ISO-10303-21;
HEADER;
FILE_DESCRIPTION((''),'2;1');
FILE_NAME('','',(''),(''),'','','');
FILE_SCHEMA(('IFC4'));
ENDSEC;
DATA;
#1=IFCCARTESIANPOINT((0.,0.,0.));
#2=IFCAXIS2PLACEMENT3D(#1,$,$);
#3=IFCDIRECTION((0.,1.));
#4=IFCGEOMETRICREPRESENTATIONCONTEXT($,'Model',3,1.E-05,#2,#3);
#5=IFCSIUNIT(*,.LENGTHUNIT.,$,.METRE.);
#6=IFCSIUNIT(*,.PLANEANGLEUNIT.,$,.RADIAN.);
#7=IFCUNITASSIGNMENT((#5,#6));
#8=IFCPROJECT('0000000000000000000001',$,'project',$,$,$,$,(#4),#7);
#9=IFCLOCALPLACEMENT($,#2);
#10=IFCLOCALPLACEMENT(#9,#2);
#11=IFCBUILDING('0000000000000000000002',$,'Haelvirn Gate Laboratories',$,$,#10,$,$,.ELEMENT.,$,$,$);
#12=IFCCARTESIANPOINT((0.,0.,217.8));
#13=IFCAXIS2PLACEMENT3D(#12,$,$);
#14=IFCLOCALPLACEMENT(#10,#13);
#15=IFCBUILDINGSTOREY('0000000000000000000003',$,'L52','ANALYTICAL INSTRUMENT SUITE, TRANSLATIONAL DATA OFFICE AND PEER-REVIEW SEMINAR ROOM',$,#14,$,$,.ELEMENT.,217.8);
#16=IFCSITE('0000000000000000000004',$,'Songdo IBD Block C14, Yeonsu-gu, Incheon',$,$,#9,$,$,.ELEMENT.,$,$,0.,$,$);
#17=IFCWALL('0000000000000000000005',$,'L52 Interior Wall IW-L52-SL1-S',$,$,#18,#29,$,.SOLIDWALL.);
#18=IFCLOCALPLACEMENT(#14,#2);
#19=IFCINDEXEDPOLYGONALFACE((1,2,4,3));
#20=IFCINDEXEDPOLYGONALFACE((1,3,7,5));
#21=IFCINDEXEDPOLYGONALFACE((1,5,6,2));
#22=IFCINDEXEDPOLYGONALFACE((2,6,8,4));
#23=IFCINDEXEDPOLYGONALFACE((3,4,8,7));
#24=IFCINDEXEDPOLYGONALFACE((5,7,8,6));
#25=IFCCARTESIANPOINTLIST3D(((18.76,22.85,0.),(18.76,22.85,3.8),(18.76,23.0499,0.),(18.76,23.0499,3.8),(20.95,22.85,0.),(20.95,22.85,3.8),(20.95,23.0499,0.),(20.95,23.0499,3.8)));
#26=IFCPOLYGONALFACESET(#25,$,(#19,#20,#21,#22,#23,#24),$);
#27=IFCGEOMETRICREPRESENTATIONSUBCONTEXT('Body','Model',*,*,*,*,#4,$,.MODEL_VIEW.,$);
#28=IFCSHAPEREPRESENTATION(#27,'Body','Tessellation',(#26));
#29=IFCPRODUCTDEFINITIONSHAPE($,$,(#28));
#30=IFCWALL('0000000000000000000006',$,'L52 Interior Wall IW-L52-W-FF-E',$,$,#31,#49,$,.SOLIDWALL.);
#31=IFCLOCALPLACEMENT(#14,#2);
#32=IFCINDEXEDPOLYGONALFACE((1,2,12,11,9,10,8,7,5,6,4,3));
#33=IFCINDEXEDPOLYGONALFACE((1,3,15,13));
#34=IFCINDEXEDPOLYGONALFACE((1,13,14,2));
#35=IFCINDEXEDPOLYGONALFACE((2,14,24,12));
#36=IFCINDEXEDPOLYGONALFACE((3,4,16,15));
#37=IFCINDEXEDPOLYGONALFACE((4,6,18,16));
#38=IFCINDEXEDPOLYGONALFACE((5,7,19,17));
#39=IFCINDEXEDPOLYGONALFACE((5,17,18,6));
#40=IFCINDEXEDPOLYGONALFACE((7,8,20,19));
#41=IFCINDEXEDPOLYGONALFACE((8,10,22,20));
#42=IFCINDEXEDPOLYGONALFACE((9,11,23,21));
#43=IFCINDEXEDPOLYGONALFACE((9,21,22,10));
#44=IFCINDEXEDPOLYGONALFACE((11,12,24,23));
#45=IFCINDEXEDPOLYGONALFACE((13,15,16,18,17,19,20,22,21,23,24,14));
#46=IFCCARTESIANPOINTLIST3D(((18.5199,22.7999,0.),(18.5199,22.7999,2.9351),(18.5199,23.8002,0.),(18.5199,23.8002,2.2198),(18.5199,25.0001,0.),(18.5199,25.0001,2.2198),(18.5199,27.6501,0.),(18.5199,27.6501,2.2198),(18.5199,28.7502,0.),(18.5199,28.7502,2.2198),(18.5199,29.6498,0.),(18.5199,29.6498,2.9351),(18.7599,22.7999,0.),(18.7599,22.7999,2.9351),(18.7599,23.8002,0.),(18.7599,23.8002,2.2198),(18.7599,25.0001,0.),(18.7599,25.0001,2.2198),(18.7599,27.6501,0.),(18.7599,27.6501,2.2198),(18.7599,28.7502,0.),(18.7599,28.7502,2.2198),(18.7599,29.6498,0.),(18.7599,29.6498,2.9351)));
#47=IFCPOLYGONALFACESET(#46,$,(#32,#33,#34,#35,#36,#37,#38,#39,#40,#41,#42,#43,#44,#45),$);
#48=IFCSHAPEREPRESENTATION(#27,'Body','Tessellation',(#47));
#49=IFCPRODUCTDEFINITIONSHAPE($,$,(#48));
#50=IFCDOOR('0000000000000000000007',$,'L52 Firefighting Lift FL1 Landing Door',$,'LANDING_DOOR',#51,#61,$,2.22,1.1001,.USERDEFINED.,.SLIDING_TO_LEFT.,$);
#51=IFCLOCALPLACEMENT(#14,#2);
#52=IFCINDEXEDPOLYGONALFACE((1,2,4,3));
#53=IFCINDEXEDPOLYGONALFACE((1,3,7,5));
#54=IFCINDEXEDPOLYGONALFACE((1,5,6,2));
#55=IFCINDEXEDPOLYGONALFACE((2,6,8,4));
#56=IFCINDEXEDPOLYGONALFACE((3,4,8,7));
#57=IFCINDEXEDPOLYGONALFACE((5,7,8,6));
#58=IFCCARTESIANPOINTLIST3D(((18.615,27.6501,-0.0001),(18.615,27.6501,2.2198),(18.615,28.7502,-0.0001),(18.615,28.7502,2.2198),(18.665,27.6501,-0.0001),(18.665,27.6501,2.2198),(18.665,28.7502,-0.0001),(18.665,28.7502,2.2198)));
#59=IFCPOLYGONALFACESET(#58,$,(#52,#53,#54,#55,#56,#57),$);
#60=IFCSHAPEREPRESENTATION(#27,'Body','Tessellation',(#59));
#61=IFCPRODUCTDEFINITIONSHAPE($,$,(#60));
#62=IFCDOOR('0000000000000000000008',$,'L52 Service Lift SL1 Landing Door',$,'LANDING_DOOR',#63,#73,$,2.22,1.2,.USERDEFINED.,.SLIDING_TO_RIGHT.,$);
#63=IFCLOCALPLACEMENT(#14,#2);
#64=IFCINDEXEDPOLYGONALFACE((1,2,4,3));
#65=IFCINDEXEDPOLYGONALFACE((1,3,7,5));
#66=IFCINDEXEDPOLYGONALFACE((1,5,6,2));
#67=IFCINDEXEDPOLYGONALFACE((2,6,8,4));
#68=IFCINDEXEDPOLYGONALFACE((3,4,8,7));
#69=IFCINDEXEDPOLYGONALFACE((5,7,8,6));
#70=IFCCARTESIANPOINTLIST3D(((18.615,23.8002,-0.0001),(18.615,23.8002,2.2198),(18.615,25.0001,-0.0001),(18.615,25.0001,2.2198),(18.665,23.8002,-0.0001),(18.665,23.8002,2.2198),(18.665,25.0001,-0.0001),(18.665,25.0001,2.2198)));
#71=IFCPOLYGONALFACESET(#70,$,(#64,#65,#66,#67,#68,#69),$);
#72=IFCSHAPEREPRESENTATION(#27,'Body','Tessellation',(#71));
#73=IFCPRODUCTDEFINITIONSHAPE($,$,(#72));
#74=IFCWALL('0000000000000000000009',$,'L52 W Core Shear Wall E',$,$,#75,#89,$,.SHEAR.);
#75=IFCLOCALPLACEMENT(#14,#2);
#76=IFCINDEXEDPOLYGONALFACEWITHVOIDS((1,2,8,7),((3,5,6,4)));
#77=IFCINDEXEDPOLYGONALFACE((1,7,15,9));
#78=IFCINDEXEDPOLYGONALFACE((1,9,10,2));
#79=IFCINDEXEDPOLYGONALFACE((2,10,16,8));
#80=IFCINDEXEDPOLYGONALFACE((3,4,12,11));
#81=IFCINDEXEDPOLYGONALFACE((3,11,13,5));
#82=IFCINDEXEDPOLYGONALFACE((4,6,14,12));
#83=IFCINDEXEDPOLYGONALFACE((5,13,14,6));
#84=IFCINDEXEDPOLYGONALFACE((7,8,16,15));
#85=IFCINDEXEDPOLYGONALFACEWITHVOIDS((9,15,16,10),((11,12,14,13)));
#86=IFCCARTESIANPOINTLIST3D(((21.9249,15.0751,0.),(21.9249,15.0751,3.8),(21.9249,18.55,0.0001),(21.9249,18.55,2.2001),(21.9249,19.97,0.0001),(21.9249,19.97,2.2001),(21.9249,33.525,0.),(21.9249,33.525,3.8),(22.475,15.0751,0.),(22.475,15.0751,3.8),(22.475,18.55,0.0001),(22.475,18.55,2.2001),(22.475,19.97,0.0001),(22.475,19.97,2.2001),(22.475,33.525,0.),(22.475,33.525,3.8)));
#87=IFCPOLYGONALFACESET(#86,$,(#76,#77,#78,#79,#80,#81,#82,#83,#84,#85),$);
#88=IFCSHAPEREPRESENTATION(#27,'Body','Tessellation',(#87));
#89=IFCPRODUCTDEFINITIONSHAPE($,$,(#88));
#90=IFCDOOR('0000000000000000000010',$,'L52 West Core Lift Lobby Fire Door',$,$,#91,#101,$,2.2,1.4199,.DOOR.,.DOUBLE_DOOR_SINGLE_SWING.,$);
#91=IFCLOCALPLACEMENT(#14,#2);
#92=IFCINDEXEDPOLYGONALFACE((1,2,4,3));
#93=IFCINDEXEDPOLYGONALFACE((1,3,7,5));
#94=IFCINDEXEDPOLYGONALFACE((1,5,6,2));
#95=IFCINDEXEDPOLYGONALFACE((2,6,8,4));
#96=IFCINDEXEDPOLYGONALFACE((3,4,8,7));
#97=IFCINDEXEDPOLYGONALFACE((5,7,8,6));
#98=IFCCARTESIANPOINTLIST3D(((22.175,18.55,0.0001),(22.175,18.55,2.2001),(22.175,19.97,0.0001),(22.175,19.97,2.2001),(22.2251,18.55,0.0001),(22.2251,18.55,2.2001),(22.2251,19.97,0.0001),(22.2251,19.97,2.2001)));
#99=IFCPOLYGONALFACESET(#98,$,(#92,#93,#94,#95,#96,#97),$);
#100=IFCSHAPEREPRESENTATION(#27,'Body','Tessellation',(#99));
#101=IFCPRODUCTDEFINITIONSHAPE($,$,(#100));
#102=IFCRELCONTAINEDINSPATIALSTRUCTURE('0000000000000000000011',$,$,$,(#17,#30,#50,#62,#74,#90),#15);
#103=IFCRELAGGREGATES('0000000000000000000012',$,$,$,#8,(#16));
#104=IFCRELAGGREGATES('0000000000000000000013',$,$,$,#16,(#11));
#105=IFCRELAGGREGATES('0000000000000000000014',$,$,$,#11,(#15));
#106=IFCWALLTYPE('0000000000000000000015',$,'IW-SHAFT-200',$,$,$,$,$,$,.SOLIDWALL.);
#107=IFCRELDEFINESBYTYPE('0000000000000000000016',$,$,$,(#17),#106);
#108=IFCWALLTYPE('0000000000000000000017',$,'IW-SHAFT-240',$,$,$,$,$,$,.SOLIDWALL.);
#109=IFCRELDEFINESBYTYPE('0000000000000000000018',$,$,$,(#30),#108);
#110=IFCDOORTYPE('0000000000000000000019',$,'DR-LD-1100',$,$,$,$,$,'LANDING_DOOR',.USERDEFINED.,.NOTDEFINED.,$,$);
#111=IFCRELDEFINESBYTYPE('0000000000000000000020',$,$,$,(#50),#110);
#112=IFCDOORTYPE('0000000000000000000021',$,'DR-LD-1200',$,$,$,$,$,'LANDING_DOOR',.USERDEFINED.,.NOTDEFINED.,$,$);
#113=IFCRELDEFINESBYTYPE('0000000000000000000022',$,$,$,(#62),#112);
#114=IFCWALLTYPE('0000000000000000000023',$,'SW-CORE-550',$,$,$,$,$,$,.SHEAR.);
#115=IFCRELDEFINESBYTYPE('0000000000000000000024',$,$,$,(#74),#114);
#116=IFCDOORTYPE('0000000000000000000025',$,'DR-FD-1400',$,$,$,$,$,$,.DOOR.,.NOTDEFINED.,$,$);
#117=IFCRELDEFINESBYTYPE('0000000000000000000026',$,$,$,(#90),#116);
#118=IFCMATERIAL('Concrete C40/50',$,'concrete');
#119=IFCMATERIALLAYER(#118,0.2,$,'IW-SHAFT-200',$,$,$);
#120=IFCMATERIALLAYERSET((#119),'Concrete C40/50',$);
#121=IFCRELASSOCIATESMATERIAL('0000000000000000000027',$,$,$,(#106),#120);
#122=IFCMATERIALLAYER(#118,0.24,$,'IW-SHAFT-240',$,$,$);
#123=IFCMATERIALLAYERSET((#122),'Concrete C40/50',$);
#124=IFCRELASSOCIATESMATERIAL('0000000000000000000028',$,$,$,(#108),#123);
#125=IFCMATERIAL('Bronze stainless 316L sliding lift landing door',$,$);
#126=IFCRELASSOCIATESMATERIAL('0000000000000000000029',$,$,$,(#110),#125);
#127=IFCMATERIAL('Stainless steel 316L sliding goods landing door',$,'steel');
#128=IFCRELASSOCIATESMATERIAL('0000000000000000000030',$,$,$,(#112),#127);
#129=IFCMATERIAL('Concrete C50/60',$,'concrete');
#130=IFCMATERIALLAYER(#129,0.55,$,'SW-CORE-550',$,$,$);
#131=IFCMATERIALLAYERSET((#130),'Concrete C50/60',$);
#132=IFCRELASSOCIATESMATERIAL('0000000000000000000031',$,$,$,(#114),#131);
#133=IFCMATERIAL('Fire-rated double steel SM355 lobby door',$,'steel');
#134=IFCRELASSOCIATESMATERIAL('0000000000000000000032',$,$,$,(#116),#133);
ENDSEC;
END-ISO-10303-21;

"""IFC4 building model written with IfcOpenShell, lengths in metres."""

from ifc_helpers import new_model, si_unit, direction, frame, frame_2d, origin, place, context, subcontext, project, spatial, rectangle, extrude, source, transform, mapped, material, layer, layer_set, type_object, type_shapes, element, fill, save


model = new_model("IFC4")

# Units and contexts
model_context = context("Model", 3, precision=1e-05, world=origin(), true_north=direction((0.0, 1.0)))
body_context = subcontext(model_context, "Body", "Model", "MODEL_VIEW")
ifc_project = project(units=[si_unit("LENGTHUNIT", "METRE"), si_unit("PLANEANGLEUNIT", "RADIAN")], contexts=[model_context])

# Site, building, storey
site_placement = place(None, origin())
site = spatial("IfcSite", under=ifc_project, at=site_placement, Name="Songdo IBD Block C14, Yeonsu-gu, Incheon", CompositionType="ELEMENT", RefElevation=0.0)
building_placement = place(site_placement, origin())
building = spatial("IfcBuilding", under=site, at=building_placement, Name="Haelvirn Gate Laboratories", CompositionType="ELEMENT")
storey_placement = place(building_placement, frame((0.0, 0.0, 217.8)))
storey = spatial("IfcBuildingStorey", under=building, at=storey_placement, Name="L52", Description="ANALYTICAL INSTRUMENT SUITE, TRANSLATIONAL DATA OFFICE AND PEER-REVIEW SEMINAR ROOM", CompositionType="ELEMENT", Elevation=217.8)

# Wall
ifc_material_1 = material(Name="Concrete C40/50", Category="concrete")
ifc_layer_1 = layer(ifc_material_1, 0.2, Name="IW-SHAFT-200")
ifc_layer_set_1 = layer_set([ifc_layer_1], Name="Concrete C40/50")
wall_type_1 = type_object("IfcWallType", Name="IW-SHAFT-200", PredefinedType="SOLIDWALL", material=ifc_layer_set_1)
wall_1_placement = place(storey_placement, frame((18.76, 22.95, 0.0), z_axis=(0.0, 0.0, 1.0), x_axis=(1.0, 0.0, 0.0)))
element("IfcWall", 1, at=wall_1_placement, inside=storey, type_object=wall_type_1, Name="L52 Interior Wall IW-L52-SL1-S", PredefinedType="SOLIDWALL", context=body_context, shape_type="SweptSolid", body=[
    extrude(rectangle(XDim=2.1899, YDim=0.2, at=frame_2d((1.095, 0.0))), origin(), (0.0, 0.0, 1.0), 3.8),
])

# Wall, openings, doors
ifc_layer_2 = layer(ifc_material_1, 0.24, Name="IW-SHAFT-240")
ifc_layer_set_2 = layer_set([ifc_layer_2], Name="Concrete C40/50")
wall_type_2 = type_object("IfcWallType", Name="IW-SHAFT-240", PredefinedType="SOLIDWALL", material=ifc_layer_set_2)
wall_2_placement = place(storey_placement, frame((18.6399, 22.8, 0.0), z_axis=(0.0, 0.0, 1.0), x_axis=(0.0, 1.0, 0.0)))
wall_2 = element("IfcWall", 2, at=wall_2_placement, inside=storey, type_object=wall_type_2, Name="L52 Interior Wall IW-L52-W-FF-E", PredefinedType="SOLIDWALL", context=body_context, shape_type="SweptSolid", body=[
    extrude(rectangle(XDim=6.8499, YDim=0.24, at=frame_2d((3.4248, 0.0))), origin(), (0.0, 0.0, 1.0), 2.9351),
])
opening_1_placement = place(wall_2_placement, frame((4.8501, 0.0, 0.0)))
opening_1 = element("IfcOpeningElement", 3, at=opening_1_placement, cuts=wall_2, PredefinedType="OPENING", context=body_context, shape_type="SweptSolid", body=[
    extrude(rectangle(XDim=1.1001, YDim=2.22, at=frame_2d((0.55, 1.1099))), frame((0.0, 0.1299, 0.0), z_axis=(0.0, -1.0, 0.0), x_axis=(1.0, 0.0, 0.0)), (0.0, 0.0, 1.0), 0.26),
])
opening_2_placement = place(wall_2_placement, frame((1.0, 0.0, 0.0)))
opening_2 = element("IfcOpeningElement", 4, at=opening_2_placement, cuts=wall_2, PredefinedType="OPENING", context=body_context, shape_type="SweptSolid", body=[
    extrude(rectangle(XDim=1.2, YDim=2.22, at=frame_2d((0.6001, 1.1099))), frame((0.0, 0.1299, 0.0), z_axis=(0.0, -1.0, 0.0), x_axis=(1.0, 0.0, 0.0)), (0.0, 0.0, 1.0), 0.26),
])
ifc_material_2 = material(Name="Bronze stainless 316L sliding lift landing door")
door_type_1 = type_object("IfcDoorType", Name="DR-LD-1100", ElementType="LANDING_DOOR", OperationType="NOTDEFINED", PredefinedType="USERDEFINED", material=ifc_material_2)
shared_shape_1 = source(origin(), body_context, "Body", "SweptSolid", [
    extrude(rectangle(XDim=1.1001, YDim=2.22, at=frame_2d((0.55, 1.1099))), frame((0.0, 0.0249, 0.0), z_axis=(0.0, -1.0, 0.0), x_axis=(1.0, 0.0, 0.0)), (0.0, 0.0, 1.0), 0.05),
])
type_shapes(door_type_1, [shared_shape_1])
door_1_placement = place(opening_1_placement, origin())
door_1 = element("IfcDoor", 5, at=door_1_placement, inside=storey, type_object=door_type_1, Name="L52 Firefighting Lift FL1 Landing Door", ObjectType="LANDING_DOOR", OperationType="SLIDING_TO_LEFT", OverallHeight=2.22, OverallWidth=1.1001, PredefinedType="USERDEFINED", context=body_context, shape_type="MappedRepresentation", body=[
    mapped(shared_shape_1, transform((0.0, 0.0, 0.0), scale=1.0)),
])
fill(opening_1, door_1)
ifc_material_3 = material(Name="Stainless steel 316L sliding goods landing door", Category="steel")
door_type_2 = type_object("IfcDoorType", Name="DR-LD-1200", ElementType="LANDING_DOOR", OperationType="NOTDEFINED", PredefinedType="USERDEFINED", material=ifc_material_3)
shared_shape_2 = source(origin(), body_context, "Body", "SweptSolid", [
    extrude(rectangle(XDim=1.2, YDim=2.22, at=frame_2d((0.6001, 1.1099))), frame((0.0, 0.0249, 0.0), z_axis=(0.0, -1.0, 0.0), x_axis=(1.0, 0.0, 0.0)), (0.0, 0.0, 1.0), 0.05),
])
type_shapes(door_type_2, [shared_shape_2])
door_2_placement = place(opening_2_placement, origin())
door_2 = element("IfcDoor", 6, at=door_2_placement, inside=storey, type_object=door_type_2, Name="L52 Service Lift SL1 Landing Door", ObjectType="LANDING_DOOR", OperationType="SLIDING_TO_RIGHT", OverallHeight=2.22, OverallWidth=1.2, PredefinedType="USERDEFINED", context=body_context, shape_type="MappedRepresentation", body=[
    mapped(shared_shape_2, transform((0.0, 0.0, 0.0), scale=1.0)),
])
fill(opening_2, door_2)

# Wall, opening, door
ifc_material_4 = material(Name="Concrete C50/60", Category="concrete")
ifc_layer_3 = layer(ifc_material_4, 0.55, Name="SW-CORE-550")
ifc_layer_set_3 = layer_set([ifc_layer_3], Name="Concrete C50/60")
wall_type_3 = type_object("IfcWallType", Name="SW-CORE-550", PredefinedType="SHEAR", material=ifc_layer_set_3)
wall_3_placement = place(storey_placement, frame((22.2, 15.075, 0.0), z_axis=(0.0, 0.0, 1.0), x_axis=(0.0, 1.0, 0.0)))
wall_3 = element("IfcWall", 7, at=wall_3_placement, inside=storey, type_object=wall_type_3, Name="L52 W Core Shear Wall E", PredefinedType="SHEAR", context=body_context, shape_type="SweptSolid", body=[
    extrude(rectangle(XDim=18.45, YDim=0.55, at=frame_2d((9.2251, 0.0))), origin(), (0.0, 0.0, 1.0), 3.8),
])
opening_3_placement = place(wall_3_placement, frame((3.4751, 0.0, 0.0)))
opening_3 = element("IfcOpeningElement", 8, at=opening_3_placement, cuts=wall_3, PredefinedType="OPENING", context=body_context, shape_type="SweptSolid", body=[
    extrude(rectangle(XDim=1.4199, YDim=2.2, at=frame_2d((0.71, 1.1001))), frame((0.0, 0.2852, 0.0), z_axis=(0.0, -1.0, 0.0), x_axis=(1.0, 0.0, 0.0)), (0.0, 0.0, 1.0), 0.5701),
])
ifc_material_5 = material(Name="Fire-rated double steel SM355 lobby door", Category="steel")
door_type_3 = type_object("IfcDoorType", Name="DR-FD-1400", OperationType="NOTDEFINED", PredefinedType="DOOR", material=ifc_material_5)
shared_shape_3 = source(origin(), body_context, "Body", "SweptSolid", [
    extrude(rectangle(XDim=1.4199, YDim=2.2, at=frame_2d((0.71, 1.1001))), frame((0.0, 0.0249, 0.0), z_axis=(0.0, -1.0, 0.0), x_axis=(1.0, 0.0, 0.0)), (0.0, 0.0, 1.0), 0.05),
])
type_shapes(door_type_3, [shared_shape_3])
door_3_placement = place(opening_3_placement, origin())
door_3 = element("IfcDoor", 9, at=door_3_placement, inside=storey, type_object=door_type_3, Name="L52 West Core Lift Lobby Fire Door", OperationType="DOUBLE_DOOR_SINGLE_SWING", OverallHeight=2.2, OverallWidth=1.4199, PredefinedType="DOOR", context=body_context, shape_type="MappedRepresentation", body=[
    mapped(shared_shape_3, transform((0.0, 0.0, 0.0), scale=1.0)),
])
fill(opening_3, door_3)

save(model, "model.ifc")
